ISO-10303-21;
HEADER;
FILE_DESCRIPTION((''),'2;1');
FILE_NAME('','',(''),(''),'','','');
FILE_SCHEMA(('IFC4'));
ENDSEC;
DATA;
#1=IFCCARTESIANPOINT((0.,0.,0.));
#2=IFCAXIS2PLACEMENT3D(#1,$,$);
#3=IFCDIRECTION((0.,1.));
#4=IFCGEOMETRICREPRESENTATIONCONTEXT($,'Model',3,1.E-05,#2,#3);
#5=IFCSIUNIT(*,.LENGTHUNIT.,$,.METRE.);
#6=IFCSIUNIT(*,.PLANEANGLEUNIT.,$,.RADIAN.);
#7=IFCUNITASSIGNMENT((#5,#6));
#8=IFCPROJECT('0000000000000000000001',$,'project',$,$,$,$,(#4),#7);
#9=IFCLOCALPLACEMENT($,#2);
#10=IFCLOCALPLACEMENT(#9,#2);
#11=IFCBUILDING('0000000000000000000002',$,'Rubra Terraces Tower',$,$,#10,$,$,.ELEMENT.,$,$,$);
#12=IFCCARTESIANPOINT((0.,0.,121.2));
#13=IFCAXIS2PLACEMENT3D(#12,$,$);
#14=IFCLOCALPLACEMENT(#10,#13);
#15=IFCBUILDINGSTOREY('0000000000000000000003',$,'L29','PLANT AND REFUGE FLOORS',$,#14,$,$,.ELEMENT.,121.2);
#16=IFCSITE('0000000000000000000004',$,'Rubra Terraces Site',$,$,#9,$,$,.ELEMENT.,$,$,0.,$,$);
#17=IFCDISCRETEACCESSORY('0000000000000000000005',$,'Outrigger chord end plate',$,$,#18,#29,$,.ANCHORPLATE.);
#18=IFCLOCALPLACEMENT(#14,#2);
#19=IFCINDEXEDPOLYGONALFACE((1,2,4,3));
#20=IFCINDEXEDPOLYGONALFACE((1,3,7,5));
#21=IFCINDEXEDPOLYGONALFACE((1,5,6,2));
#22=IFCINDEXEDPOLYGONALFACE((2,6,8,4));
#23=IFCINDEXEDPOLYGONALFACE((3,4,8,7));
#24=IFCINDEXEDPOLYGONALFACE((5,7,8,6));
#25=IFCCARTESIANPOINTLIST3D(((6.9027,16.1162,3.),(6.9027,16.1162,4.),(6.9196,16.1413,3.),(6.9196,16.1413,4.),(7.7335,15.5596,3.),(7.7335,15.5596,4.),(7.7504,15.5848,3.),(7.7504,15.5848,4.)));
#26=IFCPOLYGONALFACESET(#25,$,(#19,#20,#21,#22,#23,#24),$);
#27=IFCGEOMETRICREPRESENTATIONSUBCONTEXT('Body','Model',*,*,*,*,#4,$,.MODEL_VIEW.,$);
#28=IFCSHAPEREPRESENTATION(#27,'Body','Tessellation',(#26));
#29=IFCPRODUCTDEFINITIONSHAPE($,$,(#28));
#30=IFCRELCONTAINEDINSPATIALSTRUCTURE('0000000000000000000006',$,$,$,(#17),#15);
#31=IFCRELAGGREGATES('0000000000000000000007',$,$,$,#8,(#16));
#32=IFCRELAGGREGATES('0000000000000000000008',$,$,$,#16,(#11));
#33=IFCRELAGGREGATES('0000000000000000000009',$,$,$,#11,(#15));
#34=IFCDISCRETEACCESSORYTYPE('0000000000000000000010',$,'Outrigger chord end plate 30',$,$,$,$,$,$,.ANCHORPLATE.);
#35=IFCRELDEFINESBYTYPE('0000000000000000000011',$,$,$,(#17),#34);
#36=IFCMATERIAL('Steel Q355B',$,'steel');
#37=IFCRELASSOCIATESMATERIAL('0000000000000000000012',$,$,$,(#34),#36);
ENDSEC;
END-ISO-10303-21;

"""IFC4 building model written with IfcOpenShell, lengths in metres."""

from ifc_helpers import new_model, si_unit, direction, frame, origin, origin_2d, place, context, subcontext, project, spatial, rectangle, extrude, material, material_profile, profile_set, type_object, element, save


model = new_model("IFC4")

# Units and contexts
model_context = context("Model", 3, precision=1e-05, world=origin(), true_north=direction((0.0, 1.0)))
body_context = subcontext(model_context, "Body", "Model", "MODEL_VIEW")
ifc_project = project(units=[si_unit("LENGTHUNIT", "METRE"), si_unit("PLANEANGLEUNIT", "RADIAN")], contexts=[model_context])

# Site, building, storey
site_placement = place(None, origin())
site = spatial("IfcSite", under=ifc_project, at=site_placement, Name="Rubra Terraces Site", CompositionType="ELEMENT", RefElevation=0.0)
building_placement = place(site_placement, origin())
building = spatial("IfcBuilding", under=site, at=building_placement, Name="Rubra Terraces Tower", CompositionType="ELEMENT")
storey_placement = place(building_placement, frame((0.0, 0.0, 121.2)))
storey = spatial("IfcBuildingStorey", under=building, at=storey_placement, Name="L29", Description="PLANT AND REFUGE FLOORS", CompositionType="ELEMENT", Elevation=121.2)

# Shared definitions
ifc_material_1 = material(Name="Steel Q355B", Category="steel")

# Discrete accessory
ifc_material_profile_1 = material_profile(ifc_material_1, rectangle(XDim=1.0, YDim=1.0, at=origin_2d()), Name="PL 1000x1000x30")
ifc_profile_set_1 = profile_set([ifc_material_profile_1], Name="Steel Q355B")
discrete_accessory_type_1 = type_object("IfcDiscreteAccessoryType", Name="Outrigger chord end plate 30", PredefinedType="ANCHORPLATE", material=ifc_profile_set_1)
discrete_accessory_1_placement = place(storey_placement, frame((7.3181, 15.8379, 3.5), z_axis=(0.55656, 0.830807, 0.0), x_axis=(-0.830807, 0.55656, 0.0)))
element("IfcDiscreteAccessory", 1, at=discrete_accessory_1_placement, inside=storey, type_object=discrete_accessory_type_1, Name="Outrigger chord end plate", PredefinedType="ANCHORPLATE", context=body_context, shape_type="SweptSolid", body=[
    extrude(rectangle(XDim=1.0, YDim=1.0, at=origin_2d()), origin(), (0.0, 0.0, 1.0), 0.0303),
])

save(model, "model.ifc")
